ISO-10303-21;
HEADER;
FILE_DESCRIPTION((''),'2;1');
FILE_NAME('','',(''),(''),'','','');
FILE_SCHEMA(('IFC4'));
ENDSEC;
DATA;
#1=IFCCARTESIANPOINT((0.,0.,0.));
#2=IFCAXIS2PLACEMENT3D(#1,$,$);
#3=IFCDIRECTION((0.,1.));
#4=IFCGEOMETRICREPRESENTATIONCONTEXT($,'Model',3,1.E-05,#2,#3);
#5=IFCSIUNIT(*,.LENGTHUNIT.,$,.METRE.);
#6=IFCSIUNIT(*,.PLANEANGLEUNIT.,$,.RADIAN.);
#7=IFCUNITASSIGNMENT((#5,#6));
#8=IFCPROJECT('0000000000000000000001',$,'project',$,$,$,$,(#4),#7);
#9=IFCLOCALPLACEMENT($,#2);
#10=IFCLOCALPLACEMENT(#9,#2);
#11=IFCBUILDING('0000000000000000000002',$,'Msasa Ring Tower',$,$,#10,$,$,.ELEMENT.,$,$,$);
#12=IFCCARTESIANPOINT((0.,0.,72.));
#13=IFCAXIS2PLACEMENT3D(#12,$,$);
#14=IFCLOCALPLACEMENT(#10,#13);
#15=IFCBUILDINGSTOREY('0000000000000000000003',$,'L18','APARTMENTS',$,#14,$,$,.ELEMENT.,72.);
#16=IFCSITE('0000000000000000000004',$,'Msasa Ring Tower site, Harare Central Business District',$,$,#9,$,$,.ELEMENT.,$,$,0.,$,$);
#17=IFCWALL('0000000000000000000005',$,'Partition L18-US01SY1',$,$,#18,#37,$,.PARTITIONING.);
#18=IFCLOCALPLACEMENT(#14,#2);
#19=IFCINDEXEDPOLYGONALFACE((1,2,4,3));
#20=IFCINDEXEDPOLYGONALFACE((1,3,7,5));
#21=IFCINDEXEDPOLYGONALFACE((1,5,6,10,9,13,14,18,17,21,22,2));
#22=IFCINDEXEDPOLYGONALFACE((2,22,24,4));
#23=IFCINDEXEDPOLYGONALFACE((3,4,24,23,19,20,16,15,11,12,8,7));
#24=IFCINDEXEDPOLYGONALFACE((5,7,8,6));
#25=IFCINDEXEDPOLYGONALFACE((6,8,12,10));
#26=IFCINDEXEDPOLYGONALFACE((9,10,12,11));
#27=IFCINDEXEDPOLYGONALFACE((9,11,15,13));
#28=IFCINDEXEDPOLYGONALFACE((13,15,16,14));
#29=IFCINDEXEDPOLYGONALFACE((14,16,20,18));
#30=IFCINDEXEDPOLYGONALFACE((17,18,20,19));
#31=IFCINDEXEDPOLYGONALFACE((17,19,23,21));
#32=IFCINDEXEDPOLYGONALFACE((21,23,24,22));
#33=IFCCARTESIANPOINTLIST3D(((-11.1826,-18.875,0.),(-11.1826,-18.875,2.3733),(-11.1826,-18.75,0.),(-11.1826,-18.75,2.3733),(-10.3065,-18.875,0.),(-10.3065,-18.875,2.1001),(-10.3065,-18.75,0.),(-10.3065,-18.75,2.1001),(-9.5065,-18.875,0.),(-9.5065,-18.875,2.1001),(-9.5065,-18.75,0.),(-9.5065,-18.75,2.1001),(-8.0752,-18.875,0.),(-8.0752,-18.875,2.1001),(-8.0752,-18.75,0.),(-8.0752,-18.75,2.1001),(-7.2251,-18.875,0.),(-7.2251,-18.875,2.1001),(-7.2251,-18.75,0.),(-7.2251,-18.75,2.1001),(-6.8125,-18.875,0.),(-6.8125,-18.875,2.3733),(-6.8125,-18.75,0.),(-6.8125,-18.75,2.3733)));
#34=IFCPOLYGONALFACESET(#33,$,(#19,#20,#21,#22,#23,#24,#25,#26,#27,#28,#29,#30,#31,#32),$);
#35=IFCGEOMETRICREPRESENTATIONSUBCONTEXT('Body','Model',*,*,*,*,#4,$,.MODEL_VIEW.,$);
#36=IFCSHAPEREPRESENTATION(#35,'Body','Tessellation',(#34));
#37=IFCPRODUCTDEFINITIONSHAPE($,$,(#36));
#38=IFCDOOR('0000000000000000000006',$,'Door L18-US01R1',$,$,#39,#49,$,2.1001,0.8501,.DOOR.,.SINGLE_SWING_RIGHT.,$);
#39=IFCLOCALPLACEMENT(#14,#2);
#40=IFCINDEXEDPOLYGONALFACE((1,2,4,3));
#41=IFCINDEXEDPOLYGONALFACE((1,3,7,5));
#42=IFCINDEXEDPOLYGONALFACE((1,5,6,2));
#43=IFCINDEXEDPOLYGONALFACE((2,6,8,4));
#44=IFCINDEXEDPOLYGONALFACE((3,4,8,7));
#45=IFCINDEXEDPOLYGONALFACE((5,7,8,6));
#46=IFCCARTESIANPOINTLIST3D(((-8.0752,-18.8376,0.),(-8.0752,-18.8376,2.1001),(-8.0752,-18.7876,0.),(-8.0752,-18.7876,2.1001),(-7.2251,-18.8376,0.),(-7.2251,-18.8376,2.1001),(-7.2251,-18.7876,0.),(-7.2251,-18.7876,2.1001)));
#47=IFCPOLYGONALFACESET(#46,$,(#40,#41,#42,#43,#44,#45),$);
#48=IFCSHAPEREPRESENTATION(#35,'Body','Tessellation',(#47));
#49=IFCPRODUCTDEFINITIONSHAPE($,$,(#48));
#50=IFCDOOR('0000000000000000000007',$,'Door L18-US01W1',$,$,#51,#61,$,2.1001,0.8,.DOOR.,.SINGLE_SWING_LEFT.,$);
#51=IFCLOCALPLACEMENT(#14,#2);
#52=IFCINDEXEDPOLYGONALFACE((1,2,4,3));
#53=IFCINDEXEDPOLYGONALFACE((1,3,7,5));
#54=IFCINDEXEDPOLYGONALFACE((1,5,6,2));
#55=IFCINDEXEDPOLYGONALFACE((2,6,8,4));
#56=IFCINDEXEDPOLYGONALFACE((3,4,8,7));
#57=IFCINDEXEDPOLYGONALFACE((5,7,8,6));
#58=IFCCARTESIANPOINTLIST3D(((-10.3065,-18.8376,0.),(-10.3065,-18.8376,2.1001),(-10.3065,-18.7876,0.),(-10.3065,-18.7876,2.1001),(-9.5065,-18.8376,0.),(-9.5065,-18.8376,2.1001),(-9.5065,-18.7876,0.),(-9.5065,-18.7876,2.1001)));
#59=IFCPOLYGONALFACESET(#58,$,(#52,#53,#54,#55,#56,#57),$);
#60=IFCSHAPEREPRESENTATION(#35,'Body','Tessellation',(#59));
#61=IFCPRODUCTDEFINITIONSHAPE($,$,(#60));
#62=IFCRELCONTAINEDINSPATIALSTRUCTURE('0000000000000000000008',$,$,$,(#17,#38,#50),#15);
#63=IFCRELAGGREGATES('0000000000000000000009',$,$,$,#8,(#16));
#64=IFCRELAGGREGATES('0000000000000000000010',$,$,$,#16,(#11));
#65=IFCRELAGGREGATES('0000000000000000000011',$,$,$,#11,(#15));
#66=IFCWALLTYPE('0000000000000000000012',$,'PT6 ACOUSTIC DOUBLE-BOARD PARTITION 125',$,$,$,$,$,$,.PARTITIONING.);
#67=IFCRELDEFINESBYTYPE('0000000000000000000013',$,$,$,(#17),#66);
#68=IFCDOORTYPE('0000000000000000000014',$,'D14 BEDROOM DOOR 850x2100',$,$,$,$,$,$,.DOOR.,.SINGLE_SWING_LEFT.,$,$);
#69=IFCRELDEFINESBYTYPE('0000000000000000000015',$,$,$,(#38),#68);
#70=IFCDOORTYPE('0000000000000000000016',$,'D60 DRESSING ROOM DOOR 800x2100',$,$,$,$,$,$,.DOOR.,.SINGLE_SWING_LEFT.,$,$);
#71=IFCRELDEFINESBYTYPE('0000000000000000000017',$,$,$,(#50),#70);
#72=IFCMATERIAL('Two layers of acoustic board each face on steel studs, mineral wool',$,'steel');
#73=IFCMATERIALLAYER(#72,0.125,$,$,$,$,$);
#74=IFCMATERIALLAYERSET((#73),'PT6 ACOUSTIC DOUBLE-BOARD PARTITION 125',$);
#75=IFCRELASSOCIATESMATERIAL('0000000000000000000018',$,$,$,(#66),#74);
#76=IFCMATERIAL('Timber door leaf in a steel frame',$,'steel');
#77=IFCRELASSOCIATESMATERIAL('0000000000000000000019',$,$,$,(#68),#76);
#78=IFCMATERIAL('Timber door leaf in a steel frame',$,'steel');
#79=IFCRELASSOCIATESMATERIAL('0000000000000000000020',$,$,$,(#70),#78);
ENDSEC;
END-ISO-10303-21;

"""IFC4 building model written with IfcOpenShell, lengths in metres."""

from ifc_helpers import new_model, si_unit, direction, frame, frame_2d, origin, place, context, subcontext, project, spatial, rectangle, extrude, material, layer, layer_set, type_object, element, fill, save


model = new_model("IFC4")

# Units and contexts
model_context = context("Model", 3, precision=1e-05, world=origin(), true_north=direction((0.0, 1.0)))
body_context = subcontext(model_context, "Body", "Model", "MODEL_VIEW")
ifc_project = project(units=[si_unit("LENGTHUNIT", "METRE"), si_unit("PLANEANGLEUNIT", "RADIAN")], contexts=[model_context])

# Site, building, storey
site_placement = place(None, origin())
site = spatial("IfcSite", under=ifc_project, at=site_placement, Name="Msasa Ring Tower site, Harare Central Business District", CompositionType="ELEMENT", RefElevation=0.0)
building_placement = place(site_placement, origin())
building = spatial("IfcBuilding", under=site, at=building_placement, Name="Msasa Ring Tower", CompositionType="ELEMENT")
storey_placement = place(building_placement, frame((0.0, 0.0, 72.0)))
storey = spatial("IfcBuildingStorey", under=building, at=storey_placement, Name="L18", Description="APARTMENTS", CompositionType="ELEMENT", Elevation=72.0)

# Shared definitions
ifc_material_1 = material(Name="Two layers of acoustic board each face on steel studs, mineral wool", Category="steel")
ifc_layer_1 = layer(ifc_material_1, 0.125)
ifc_layer_set_1 = layer_set([ifc_layer_1], Name="PT6 ACOUSTIC DOUBLE-BOARD PARTITION 125")
wall_type_1 = type_object("IfcWallType", Name="PT6 ACOUSTIC DOUBLE-BOARD PARTITION 125", PredefinedType="PARTITIONING", material=ifc_layer_set_1)

# Wall, openings, doors
wall_1_placement = place(storey_placement, frame((-11.1826, -18.8125, 0.0), z_axis=(0.0, 0.0, 1.0), x_axis=(1.0, 0.0, 0.0)))
wall_1 = element("IfcWall", 1, at=wall_1_placement, inside=storey, type_object=wall_type_1, Name="Partition L18-US01SY1", PredefinedType="PARTITIONING", context=body_context, shape_type="SweptSolid", body=[
    extrude(rectangle(XDim=4.3701, YDim=0.125, at=frame_2d((2.1851, 0.0))), origin(), (0.0, 0.0, 1.0), 2.3733),
])
opening_1_placement = place(wall_1_placement, frame((3.1074, 0.0, 0.0)))
opening_1 = element("IfcOpeningElement", 2, at=opening_1_placement, cuts=wall_1, PredefinedType="OPENING", context=body_context, shape_type="SweptSolid", body=[
    extrude(rectangle(XDim=0.8501, YDim=2.1001, at=frame_2d((0.425, 1.05))), frame((0.0, 0.0725, 0.0), z_axis=(0.0, -1.0, 0.0), x_axis=(1.0, 0.0, 0.0)), (0.0, 0.0, 1.0), 0.145),
])
opening_2_placement = place(wall_1_placement, frame((0.8762, 0.0, 0.0)))
opening_2 = element("IfcOpeningElement", 3, at=opening_2_placement, cuts=wall_1, PredefinedType="OPENING", context=body_context, shape_type="SweptSolid", body=[
    extrude(rectangle(XDim=0.8, YDim=2.1001, at=frame_2d((0.3999, 1.05))), frame((0.0, 0.0725, 0.0), z_axis=(0.0, -1.0, 0.0), x_axis=(1.0, 0.0, 0.0)), (0.0, 0.0, 1.0), 0.145),
])
ifc_material_2 = material(Name="Timber door leaf in a steel frame", Category="steel")
door_type_1 = type_object("IfcDoorType", Name="D14 BEDROOM DOOR 850x2100", OperationType="SINGLE_SWING_LEFT", PredefinedType="DOOR", material=ifc_material_2)
door_1_placement = place(opening_1_placement, origin())
door_1 = element("IfcDoor", 4, at=door_1_placement, inside=storey, type_object=door_type_1, Name="Door L18-US01R1", OperationType="SINGLE_SWING_RIGHT", OverallHeight=2.1001, OverallWidth=0.8501, PredefinedType="DOOR", context=body_context, shape_type="SweptSolid", body=[
    extrude(rectangle(XDim=0.8501, YDim=2.1001, at=frame_2d((0.425, 1.05))), frame((0.0, 0.0249, 0.0), z_axis=(0.0, -1.0, 0.0), x_axis=(1.0, 0.0, 0.0)), (0.0, 0.0, 1.0), 0.05),
])
fill(opening_1, door_1)
ifc_material_3 = material(Name="Timber door leaf in a steel frame", Category="steel")
door_type_2 = type_object("IfcDoorType", Name="D60 DRESSING ROOM DOOR 800x2100", OperationType="SINGLE_SWING_LEFT", PredefinedType="DOOR", material=ifc_material_3)
door_2_placement = place(opening_2_placement, origin())
door_2 = element("IfcDoor", 5, at=door_2_placement, inside=storey, type_object=door_type_2, Name="Door L18-US01W1", OperationType="SINGLE_SWING_LEFT", OverallHeight=2.1001, OverallWidth=0.8, PredefinedType="DOOR", context=body_context, shape_type="SweptSolid", body=[
    extrude(rectangle(XDim=0.8, YDim=2.1001, at=frame_2d((0.3999, 1.05))), frame((0.0, 0.0249, 0.0), z_axis=(0.0, -1.0, 0.0), x_axis=(1.0, 0.0, 0.0)), (0.0, 0.0, 1.0), 0.05),
])
fill(opening_2, door_2)

save(model, "model.ifc")
